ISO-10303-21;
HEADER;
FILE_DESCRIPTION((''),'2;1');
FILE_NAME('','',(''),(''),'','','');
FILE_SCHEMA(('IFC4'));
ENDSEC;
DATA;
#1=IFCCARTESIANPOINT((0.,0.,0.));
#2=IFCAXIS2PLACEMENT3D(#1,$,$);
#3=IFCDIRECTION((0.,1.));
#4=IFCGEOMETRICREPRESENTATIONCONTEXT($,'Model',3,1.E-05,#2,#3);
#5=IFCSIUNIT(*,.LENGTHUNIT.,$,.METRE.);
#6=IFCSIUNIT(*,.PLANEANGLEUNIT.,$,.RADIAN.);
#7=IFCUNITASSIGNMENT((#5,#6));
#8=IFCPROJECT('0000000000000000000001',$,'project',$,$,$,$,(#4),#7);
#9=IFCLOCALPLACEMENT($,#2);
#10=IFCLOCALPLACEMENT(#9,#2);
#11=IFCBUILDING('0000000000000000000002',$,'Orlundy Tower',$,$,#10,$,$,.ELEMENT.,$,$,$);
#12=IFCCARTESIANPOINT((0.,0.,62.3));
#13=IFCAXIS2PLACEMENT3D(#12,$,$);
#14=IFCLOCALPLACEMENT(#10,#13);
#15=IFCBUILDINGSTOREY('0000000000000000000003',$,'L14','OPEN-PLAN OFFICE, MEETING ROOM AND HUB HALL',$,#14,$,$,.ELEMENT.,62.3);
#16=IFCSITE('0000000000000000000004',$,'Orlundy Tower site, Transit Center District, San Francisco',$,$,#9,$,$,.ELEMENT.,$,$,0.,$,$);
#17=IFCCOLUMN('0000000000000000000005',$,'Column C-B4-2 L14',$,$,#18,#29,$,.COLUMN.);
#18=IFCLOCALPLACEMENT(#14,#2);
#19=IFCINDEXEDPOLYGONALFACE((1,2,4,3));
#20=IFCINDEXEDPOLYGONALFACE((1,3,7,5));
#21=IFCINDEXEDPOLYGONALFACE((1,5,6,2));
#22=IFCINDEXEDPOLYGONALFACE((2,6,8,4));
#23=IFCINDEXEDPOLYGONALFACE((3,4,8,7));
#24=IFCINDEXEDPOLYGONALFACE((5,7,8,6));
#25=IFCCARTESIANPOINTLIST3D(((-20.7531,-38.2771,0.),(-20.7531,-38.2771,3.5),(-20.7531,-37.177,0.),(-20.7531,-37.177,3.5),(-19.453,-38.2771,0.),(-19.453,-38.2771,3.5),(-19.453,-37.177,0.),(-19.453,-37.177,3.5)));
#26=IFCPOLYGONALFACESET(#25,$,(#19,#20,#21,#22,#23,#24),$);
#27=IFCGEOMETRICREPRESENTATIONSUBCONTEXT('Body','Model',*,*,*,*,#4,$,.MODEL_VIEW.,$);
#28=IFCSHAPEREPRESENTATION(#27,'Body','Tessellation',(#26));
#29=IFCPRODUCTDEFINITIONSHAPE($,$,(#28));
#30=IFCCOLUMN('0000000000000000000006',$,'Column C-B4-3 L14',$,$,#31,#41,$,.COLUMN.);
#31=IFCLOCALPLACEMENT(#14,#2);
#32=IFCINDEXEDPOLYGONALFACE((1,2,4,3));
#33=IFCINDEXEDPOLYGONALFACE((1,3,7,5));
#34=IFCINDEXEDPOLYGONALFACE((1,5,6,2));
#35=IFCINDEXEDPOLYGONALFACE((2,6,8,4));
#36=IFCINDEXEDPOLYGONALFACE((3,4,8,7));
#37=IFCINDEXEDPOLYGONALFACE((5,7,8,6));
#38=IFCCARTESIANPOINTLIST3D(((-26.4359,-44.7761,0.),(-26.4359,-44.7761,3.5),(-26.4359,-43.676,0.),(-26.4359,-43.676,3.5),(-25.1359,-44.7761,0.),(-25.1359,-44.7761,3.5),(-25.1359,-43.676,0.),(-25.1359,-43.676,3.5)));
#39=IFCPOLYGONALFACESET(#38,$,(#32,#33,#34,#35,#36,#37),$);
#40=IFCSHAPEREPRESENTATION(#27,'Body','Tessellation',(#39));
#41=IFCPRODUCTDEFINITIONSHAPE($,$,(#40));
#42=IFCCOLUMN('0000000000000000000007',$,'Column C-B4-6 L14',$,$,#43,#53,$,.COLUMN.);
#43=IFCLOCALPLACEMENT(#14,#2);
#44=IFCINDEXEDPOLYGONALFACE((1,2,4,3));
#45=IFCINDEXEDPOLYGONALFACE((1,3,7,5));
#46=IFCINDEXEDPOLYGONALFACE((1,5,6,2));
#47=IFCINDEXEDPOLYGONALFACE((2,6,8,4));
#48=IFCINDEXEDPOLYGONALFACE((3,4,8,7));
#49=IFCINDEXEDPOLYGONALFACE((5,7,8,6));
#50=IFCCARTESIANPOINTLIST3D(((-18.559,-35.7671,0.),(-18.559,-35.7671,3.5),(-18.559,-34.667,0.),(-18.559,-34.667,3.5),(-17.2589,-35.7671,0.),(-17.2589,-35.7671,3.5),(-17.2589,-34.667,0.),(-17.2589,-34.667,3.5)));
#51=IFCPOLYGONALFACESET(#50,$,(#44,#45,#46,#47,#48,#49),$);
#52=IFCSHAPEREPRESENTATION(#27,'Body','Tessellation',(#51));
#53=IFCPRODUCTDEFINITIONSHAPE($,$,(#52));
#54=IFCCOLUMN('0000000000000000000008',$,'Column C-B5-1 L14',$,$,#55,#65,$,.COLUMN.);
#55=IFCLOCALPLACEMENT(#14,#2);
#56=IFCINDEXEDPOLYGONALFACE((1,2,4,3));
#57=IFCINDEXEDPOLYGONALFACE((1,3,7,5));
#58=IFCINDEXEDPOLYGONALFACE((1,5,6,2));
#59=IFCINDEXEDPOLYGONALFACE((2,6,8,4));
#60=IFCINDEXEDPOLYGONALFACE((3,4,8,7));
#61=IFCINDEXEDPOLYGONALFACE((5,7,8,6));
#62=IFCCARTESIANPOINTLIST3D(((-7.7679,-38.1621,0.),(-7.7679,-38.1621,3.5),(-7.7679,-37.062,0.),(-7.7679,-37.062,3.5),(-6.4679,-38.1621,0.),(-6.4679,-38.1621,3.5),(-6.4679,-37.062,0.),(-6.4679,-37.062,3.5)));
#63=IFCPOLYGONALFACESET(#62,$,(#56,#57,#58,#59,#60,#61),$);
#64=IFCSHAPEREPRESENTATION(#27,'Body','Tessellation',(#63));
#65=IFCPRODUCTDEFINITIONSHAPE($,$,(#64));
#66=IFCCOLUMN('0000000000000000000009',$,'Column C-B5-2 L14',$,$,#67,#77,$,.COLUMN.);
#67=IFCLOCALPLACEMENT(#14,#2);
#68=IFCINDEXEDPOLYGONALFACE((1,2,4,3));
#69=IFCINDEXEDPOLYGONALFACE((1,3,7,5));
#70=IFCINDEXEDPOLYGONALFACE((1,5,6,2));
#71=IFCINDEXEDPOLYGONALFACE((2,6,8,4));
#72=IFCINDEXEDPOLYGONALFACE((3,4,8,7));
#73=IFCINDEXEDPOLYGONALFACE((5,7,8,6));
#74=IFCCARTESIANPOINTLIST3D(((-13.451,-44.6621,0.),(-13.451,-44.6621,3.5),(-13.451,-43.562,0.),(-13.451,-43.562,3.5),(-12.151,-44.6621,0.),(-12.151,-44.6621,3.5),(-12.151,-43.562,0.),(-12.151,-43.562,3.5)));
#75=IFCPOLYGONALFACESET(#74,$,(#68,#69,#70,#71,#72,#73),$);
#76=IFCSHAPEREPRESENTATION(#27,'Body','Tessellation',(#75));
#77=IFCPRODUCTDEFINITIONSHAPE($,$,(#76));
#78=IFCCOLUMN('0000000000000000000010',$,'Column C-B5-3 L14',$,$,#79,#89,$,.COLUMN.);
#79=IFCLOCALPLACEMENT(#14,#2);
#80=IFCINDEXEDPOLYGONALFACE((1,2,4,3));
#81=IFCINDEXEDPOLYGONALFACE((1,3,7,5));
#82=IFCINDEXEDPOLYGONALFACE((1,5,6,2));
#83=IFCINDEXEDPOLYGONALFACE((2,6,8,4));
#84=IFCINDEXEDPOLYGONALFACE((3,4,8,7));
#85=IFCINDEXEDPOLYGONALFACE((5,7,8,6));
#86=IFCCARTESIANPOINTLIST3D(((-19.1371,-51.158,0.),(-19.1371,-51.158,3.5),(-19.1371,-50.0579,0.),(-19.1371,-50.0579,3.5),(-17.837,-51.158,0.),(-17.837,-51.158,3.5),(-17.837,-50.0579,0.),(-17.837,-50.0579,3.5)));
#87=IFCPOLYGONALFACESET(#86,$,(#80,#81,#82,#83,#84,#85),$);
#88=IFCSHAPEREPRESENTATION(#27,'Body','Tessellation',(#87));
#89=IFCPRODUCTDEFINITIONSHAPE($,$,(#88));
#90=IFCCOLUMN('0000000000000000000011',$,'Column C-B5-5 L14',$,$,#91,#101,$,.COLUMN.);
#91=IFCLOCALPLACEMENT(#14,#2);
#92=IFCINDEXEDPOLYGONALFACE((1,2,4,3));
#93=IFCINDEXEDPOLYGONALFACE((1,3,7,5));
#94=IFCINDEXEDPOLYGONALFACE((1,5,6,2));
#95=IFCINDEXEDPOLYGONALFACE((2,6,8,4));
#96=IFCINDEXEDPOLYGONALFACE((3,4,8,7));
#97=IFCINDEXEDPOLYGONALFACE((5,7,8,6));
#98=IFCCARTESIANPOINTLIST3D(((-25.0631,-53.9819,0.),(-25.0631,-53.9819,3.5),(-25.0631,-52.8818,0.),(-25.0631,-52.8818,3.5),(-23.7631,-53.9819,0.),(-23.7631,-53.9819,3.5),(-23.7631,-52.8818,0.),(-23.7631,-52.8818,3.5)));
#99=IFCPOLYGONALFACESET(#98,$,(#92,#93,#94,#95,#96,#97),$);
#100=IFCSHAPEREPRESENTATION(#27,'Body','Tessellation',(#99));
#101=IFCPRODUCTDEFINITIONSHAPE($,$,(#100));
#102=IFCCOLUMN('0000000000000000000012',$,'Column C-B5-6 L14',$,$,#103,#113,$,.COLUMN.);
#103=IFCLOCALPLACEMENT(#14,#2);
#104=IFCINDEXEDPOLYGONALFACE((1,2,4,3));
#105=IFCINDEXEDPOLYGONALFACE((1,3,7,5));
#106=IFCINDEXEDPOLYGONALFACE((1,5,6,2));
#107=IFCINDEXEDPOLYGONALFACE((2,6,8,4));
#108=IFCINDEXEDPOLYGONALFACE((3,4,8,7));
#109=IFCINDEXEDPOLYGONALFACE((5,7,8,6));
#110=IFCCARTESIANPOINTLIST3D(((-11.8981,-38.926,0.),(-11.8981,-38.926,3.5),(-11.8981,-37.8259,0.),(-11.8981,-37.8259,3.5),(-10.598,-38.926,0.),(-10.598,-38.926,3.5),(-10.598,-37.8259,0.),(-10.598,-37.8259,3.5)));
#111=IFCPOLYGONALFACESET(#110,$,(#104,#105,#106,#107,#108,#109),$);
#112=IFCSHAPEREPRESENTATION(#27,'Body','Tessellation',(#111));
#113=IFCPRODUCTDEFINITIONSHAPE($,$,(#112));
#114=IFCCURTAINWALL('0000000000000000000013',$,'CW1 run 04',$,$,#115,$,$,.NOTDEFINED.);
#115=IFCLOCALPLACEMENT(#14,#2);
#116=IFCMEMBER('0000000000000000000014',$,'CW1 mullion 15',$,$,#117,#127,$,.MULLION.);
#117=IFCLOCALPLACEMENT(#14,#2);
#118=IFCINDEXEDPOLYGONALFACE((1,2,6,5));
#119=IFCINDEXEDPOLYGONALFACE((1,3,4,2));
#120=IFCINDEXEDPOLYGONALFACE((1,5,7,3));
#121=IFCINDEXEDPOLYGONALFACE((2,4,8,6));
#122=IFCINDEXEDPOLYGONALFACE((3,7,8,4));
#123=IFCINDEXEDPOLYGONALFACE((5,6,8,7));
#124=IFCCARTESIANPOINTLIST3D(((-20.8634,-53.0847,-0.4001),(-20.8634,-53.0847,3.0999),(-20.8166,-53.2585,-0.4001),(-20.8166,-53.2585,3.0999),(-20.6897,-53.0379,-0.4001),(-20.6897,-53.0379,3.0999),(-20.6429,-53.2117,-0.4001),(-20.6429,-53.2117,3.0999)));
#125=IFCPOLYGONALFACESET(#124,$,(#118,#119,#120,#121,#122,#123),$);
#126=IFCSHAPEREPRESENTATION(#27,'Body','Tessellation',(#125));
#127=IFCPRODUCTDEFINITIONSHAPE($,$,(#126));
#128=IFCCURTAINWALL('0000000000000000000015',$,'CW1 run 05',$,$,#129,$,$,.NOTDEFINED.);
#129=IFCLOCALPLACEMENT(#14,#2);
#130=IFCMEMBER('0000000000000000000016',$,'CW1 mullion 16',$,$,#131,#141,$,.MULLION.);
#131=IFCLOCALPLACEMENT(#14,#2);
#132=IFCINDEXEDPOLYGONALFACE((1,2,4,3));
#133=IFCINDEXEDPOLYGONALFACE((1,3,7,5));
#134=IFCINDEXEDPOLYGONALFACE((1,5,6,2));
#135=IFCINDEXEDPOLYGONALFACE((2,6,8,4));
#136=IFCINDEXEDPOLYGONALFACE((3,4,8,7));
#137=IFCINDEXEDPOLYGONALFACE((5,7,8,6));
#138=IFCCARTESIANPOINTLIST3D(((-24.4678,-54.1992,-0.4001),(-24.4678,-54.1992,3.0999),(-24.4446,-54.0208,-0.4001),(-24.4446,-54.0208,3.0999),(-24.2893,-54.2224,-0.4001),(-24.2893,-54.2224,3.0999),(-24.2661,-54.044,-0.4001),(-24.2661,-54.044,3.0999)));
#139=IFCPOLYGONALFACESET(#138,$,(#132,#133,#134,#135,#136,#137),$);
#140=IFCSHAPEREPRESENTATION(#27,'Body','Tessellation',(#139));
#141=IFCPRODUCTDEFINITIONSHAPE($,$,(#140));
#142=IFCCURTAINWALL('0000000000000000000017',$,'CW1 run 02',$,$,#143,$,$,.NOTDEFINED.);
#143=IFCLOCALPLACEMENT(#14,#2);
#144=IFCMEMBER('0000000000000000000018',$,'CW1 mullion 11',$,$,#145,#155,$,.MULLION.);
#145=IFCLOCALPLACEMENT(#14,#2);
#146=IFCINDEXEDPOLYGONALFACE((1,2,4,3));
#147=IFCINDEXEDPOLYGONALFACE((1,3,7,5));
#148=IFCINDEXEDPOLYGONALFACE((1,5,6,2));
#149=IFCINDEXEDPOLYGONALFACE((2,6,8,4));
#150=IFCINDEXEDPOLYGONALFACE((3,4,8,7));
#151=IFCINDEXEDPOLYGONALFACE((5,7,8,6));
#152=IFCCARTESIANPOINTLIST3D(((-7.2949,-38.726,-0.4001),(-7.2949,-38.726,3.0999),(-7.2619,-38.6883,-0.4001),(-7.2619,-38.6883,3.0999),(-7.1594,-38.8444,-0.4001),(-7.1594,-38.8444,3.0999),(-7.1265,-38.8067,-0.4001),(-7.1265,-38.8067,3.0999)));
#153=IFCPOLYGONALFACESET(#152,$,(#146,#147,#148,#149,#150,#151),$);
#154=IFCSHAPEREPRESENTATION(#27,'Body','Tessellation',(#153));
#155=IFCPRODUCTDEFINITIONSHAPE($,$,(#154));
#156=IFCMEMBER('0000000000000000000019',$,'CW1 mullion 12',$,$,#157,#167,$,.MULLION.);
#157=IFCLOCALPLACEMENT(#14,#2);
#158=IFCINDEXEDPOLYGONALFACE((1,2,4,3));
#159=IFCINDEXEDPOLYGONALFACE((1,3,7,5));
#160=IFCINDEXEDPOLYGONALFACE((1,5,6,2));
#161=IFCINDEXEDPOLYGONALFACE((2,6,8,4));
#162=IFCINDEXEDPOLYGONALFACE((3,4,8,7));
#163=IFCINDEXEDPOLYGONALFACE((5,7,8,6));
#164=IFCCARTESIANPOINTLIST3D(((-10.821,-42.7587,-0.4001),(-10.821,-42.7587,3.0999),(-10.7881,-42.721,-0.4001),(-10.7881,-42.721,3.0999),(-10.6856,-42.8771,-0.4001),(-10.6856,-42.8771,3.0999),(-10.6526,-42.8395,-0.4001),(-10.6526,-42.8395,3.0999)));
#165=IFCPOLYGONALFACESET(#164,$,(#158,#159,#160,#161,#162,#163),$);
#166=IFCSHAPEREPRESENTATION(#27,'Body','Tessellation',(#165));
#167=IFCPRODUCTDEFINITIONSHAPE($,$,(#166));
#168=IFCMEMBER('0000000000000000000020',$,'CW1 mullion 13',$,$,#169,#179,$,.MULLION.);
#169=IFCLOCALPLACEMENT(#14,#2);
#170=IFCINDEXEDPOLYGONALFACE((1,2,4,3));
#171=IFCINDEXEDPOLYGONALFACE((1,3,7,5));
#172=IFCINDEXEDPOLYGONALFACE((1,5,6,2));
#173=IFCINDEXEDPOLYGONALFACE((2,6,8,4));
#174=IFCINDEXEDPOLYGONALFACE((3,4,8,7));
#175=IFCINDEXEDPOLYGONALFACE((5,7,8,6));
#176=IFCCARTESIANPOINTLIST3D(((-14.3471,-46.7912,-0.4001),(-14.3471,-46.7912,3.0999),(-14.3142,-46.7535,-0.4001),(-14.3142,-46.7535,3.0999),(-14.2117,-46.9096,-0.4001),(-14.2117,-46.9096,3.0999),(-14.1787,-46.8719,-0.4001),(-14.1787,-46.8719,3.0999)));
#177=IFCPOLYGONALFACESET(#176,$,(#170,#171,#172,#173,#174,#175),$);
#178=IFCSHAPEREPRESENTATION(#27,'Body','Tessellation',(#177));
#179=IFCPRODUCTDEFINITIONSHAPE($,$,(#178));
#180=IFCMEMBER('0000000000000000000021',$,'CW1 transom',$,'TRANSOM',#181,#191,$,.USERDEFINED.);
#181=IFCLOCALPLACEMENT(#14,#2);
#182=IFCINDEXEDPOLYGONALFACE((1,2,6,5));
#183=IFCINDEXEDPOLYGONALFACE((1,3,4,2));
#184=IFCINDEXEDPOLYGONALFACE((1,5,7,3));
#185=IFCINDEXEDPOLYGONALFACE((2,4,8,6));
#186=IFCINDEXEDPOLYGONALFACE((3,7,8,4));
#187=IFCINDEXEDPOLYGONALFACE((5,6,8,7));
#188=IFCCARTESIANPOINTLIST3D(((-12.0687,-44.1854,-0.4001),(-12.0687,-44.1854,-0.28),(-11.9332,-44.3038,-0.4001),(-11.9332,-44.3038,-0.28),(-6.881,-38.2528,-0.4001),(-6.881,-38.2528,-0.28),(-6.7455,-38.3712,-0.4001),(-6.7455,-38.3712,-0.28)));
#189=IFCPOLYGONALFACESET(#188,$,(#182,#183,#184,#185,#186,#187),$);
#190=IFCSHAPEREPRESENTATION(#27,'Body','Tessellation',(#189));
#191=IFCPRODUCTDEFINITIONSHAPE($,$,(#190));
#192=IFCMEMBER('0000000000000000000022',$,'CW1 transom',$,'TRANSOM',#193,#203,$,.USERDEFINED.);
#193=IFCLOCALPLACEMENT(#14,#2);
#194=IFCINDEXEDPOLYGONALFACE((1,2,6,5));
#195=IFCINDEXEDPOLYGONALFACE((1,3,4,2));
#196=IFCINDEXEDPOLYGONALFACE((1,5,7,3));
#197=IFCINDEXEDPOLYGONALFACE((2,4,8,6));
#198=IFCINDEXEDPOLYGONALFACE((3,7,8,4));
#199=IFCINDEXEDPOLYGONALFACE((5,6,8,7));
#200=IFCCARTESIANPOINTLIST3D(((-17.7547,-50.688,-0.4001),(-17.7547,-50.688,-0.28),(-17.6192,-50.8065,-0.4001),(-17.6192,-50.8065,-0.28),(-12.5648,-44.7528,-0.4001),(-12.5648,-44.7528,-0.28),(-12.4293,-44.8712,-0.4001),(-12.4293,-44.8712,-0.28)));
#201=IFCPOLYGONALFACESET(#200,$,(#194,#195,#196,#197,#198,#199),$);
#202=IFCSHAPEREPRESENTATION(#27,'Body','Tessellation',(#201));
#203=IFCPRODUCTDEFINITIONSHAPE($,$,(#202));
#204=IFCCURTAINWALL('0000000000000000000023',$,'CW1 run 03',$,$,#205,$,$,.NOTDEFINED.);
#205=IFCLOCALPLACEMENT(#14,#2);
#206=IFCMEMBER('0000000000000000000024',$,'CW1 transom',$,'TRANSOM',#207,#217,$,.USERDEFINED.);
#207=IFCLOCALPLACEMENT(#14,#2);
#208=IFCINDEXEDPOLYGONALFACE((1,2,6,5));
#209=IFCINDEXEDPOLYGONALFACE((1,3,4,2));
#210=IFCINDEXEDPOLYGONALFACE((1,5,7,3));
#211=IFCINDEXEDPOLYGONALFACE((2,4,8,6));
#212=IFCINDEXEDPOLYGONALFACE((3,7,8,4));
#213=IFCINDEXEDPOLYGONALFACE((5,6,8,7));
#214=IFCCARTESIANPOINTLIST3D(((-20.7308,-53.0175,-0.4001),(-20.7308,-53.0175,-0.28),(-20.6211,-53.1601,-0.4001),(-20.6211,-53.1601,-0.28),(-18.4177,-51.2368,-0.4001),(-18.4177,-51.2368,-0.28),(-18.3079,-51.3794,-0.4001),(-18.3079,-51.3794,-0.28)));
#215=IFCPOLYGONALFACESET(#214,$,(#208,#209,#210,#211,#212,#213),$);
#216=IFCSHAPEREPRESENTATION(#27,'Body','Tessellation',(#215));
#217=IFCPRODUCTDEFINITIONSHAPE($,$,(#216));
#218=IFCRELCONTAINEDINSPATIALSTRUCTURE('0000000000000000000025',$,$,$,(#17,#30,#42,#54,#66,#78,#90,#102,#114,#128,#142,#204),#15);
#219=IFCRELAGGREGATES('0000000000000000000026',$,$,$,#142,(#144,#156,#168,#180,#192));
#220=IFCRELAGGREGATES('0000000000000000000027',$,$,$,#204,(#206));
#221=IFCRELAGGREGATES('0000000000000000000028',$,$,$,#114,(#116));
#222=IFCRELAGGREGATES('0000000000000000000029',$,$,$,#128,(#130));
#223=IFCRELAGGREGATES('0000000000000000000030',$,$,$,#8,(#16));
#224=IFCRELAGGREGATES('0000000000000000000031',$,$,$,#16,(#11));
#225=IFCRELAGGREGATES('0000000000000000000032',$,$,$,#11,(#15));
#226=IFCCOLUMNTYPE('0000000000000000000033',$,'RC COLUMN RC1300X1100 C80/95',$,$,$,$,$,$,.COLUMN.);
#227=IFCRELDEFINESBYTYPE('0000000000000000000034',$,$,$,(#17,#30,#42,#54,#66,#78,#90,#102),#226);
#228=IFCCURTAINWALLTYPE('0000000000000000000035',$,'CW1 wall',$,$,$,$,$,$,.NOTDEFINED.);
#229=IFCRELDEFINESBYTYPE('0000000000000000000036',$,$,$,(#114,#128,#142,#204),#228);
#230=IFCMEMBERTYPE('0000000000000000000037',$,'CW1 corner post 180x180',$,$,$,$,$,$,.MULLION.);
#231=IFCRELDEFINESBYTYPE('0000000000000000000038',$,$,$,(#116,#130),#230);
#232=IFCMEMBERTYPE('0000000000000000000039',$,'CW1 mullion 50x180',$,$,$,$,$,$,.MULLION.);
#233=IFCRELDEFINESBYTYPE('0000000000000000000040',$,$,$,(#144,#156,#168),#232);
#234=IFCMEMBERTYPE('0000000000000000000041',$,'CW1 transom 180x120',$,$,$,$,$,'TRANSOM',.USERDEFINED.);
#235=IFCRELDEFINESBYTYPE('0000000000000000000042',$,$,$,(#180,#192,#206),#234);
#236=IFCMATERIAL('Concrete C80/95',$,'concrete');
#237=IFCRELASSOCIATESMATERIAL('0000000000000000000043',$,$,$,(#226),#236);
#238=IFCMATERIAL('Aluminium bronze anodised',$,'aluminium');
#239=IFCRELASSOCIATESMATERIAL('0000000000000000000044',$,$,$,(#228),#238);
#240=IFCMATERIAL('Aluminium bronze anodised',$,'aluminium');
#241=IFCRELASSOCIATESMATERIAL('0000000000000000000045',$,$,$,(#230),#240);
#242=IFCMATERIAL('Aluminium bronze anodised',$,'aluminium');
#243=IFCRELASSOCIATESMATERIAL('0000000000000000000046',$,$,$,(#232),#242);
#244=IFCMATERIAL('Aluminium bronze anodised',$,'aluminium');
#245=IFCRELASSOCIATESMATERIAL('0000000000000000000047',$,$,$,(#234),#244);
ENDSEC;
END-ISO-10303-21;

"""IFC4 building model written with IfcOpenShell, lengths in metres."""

from ifc_helpers import new_model, si_unit, direction, frame, origin, origin_2d, place, context, subcontext, project, spatial, rectangle, extrude, material, material_profile, profile_set, type_object, element, aggregate, save


model = new_model("IFC4")

# Units and contexts
model_context = context("Model", 3, precision=1e-05, world=origin(), true_north=direction((0.0, 1.0)))
body_context = subcontext(model_context, "Body", "Model", "MODEL_VIEW")
ifc_project = project(units=[si_unit("LENGTHUNIT", "METRE"), si_unit("PLANEANGLEUNIT", "RADIAN")], contexts=[model_context])

# Site, building, storey
site_placement = place(None, origin())
site = spatial("IfcSite", under=ifc_project, at=site_placement, Name="Orlundy Tower site, Transit Center District, San Francisco", CompositionType="ELEMENT", RefElevation=0.0)
building_placement = place(site_placement, origin())
building = spatial("IfcBuilding", under=site, at=building_placement, Name="Orlundy Tower", CompositionType="ELEMENT")
storey_placement = place(building_placement, frame((0.0, 0.0, 62.3)))
storey = spatial("IfcBuildingStorey", under=building, at=storey_placement, Name="L14", Description="OPEN-PLAN OFFICE, MEETING ROOM AND HUB HALL", CompositionType="ELEMENT", Elevation=62.3)

# Columns
ifc_material_1 = material(Name="Concrete C80/95", Category="concrete")
ifc_material_profile_1 = material_profile(ifc_material_1, rectangle(XDim=1.3, YDim=1.1001, at=origin_2d()), Name="RC1300X1100")
ifc_profile_set_1 = profile_set([ifc_material_profile_1], Name="Concrete C80/95")
column_type = type_object("IfcColumnType", Name="RC COLUMN RC1300X1100 C80/95", PredefinedType="COLUMN", material=ifc_profile_set_1)
for number, where, z_axis, x_axis, name in (
    (1, (-20.103, -37.7271, 0.0), (0.0, 0.0, 1.0), (1.0, 0.0, 0.0), "Column C-B4-2 L14"),
    (2, (-25.7859, -44.2261, 0.0), (0.0, 0.0, 1.0), (1.0, 0.0, 0.0), "Column C-B4-3 L14"),
    (3, (-17.9089, -35.217, 0.0), (0.0, 0.0, 1.0), (1.0, 0.0, 0.0), "Column C-B4-6 L14"),
    (4, (-7.1179, -37.6121, 0.0), (0.0, 0.0, 1.0), (1.0, 0.0, 0.0), "Column C-B5-1 L14"),
    (5, (-12.801, -44.1121, 0.0), (0.0, 0.0, 1.0), (1.0, 0.0, 0.0), "Column C-B5-2 L14"),
    (6, (-18.4871, -50.6079, 0.0), (0.0, 0.0, 1.0), (1.0, 0.0, 0.0), "Column C-B5-3 L14"),
    (7, (-24.4131, -53.4319, 0.0), (0.0, 0.0, 1.0), (1.0, 0.0, 0.0), "Column C-B5-5 L14"),
    (8, (-11.248, -38.376, 0.0), (0.0, 0.0, 1.0), (1.0, 0.0, 0.0), "Column C-B5-6 L14"),
):
    element("IfcColumn", number, at=place(storey_placement, frame(where, z_axis=z_axis, x_axis=x_axis)), inside=storey, type_object=column_type, Name=name, PredefinedType="COLUMN", context=body_context, shape_type="SweptSolid", body=[
        extrude(rectangle(XDim=1.3, YDim=1.1001, at=origin_2d()), origin(), (0.0, 0.0, 1.0), 3.5),
    ])

# Curtain walls, members
ifc_material_2 = material(Name="Aluminium bronze anodised", Category="aluminium")
curtain_wall_type = type_object("IfcCurtainWallType", Name="CW1 wall", PredefinedType="NOTDEFINED", material=ifc_material_2)
curtain_wall_1_placement = place(storey_placement, origin())
curtain_wall_1 = element("IfcCurtainWall", 9, at=curtain_wall_1_placement, inside=storey, type_object=curtain_wall_type, Name="CW1 run 04", PredefinedType="NOTDEFINED")
ifc_material_3 = material(Name="Aluminium bronze anodised", Category="aluminium")
ifc_material_profile_2 = material_profile(ifc_material_3, rectangle(XDim=0.1799, YDim=0.1799, at=origin_2d()), Name="CW1 corner post 180x180")
ifc_profile_set_2 = profile_set([ifc_material_profile_2], Name="Aluminium bronze anodised")
member_type_1 = type_object("IfcMemberType", Name="CW1 corner post 180x180", PredefinedType="MULLION", material=ifc_profile_set_2)
member_1_placement = place(storey_placement, frame((-20.7532, -53.1482, -0.4001), z_axis=(0.0, 0.0, 1.0), x_axis=(0.26008, -0.965587, 0.0)))
member_1 = element("IfcMember", 10, at=member_1_placement, type_object=member_type_1, Name="CW1 mullion 15", PredefinedType="MULLION", context=body_context, shape_type="SweptSolid", body=[
    extrude(rectangle(XDim=0.1799, YDim=0.1799, at=origin_2d()), origin(), (0.0, 0.0, 1.0), 3.5),
])
curtain_wall_2_placement = place(storey_placement, origin())
curtain_wall_2 = element("IfcCurtainWall", 11, at=curtain_wall_2_placement, inside=storey, type_object=curtain_wall_type, Name="CW1 run 05", PredefinedType="NOTDEFINED")
member_2_placement = place(storey_placement, frame((-24.3669, -54.1216, -0.4001), z_axis=(0.0, 0.0, 1.0), x_axis=(-0.128947, -0.991651, 0.0)))
member_2 = element("IfcMember", 12, at=member_2_placement, type_object=member_type_1, Name="CW1 mullion 16", PredefinedType="MULLION", context=body_context, shape_type="SweptSolid", body=[
    extrude(rectangle(XDim=0.1799, YDim=0.1799, at=origin_2d()), origin(), (0.0, 0.0, 1.0), 3.5),
])

# Curtain wall, members
curtain_wall_3_placement = place(storey_placement, origin())
curtain_wall_3 = element("IfcCurtainWall", 13, at=curtain_wall_3_placement, inside=storey, type_object=curtain_wall_type, Name="CW1 run 02", PredefinedType="NOTDEFINED")
ifc_material_4 = material(Name="Aluminium bronze anodised", Category="aluminium")
ifc_material_profile_3 = material_profile(ifc_material_4, rectangle(XDim=0.1799, YDim=0.05, at=origin_2d()), Name="CW1 mullion 50x180")
ifc_profile_set_3 = profile_set([ifc_material_profile_3], Name="Aluminium bronze anodised")
member_type_2 = type_object("IfcMemberType", Name="CW1 mullion 50x180", PredefinedType="MULLION", material=ifc_profile_set_3)
member_3_placement = place(storey_placement, frame((-7.2107, -38.7664, -0.4001), z_axis=(0.0, 0.0, 1.0), x_axis=(0.752792, -0.658259, 0.0)))
member_3 = element("IfcMember", 14, at=member_3_placement, type_object=member_type_2, Name="CW1 mullion 11", PredefinedType="MULLION", context=body_context, shape_type="SweptSolid", body=[
    extrude(rectangle(XDim=0.1799, YDim=0.05, at=origin_2d()), origin(), (0.0, 0.0, 1.0), 3.5),
])
member_4_placement = place(storey_placement, frame((-10.7368, -42.7991, -0.4001), z_axis=(0.0, 0.0, 1.0), x_axis=(0.752792, -0.658259, 0.0)))
member_4 = element("IfcMember", 15, at=member_4_placement, type_object=member_type_2, Name="CW1 mullion 12", PredefinedType="MULLION", context=body_context, shape_type="SweptSolid", body=[
    extrude(rectangle(XDim=0.1799, YDim=0.05, at=origin_2d()), origin(), (0.0, 0.0, 1.0), 3.5),
])
member_5_placement = place(storey_placement, frame((-14.2629, -46.8315, -0.4001), z_axis=(0.0, 0.0, 1.0), x_axis=(0.752792, -0.658259, 0.0)))
member_5 = element("IfcMember", 16, at=member_5_placement, type_object=member_type_2, Name="CW1 mullion 13", PredefinedType="MULLION", context=body_context, shape_type="SweptSolid", body=[
    extrude(rectangle(XDim=0.1799, YDim=0.05, at=origin_2d()), origin(), (0.0, 0.0, 1.0), 3.5),
])
ifc_material_5 = material(Name="Aluminium bronze anodised", Category="aluminium")
ifc_material_profile_4 = material_profile(ifc_material_5, rectangle(XDim=0.1799, YDim=0.1201, at=origin_2d()), Name="CW1 transom 180x120")
ifc_profile_set_4 = profile_set([ifc_material_profile_4], Name="Aluminium bronze anodised")
member_type_3 = type_object("IfcMemberType", Name="CW1 transom 180x120", ElementType="TRANSOM", PredefinedType="USERDEFINED", material=ifc_profile_set_4)
member_6_placement = place(storey_placement, frame((-6.8132, -38.312, -0.3401), z_axis=(-0.658268, -0.752784, 0.0), x_axis=(0.752784, -0.658268, 0.0)))
member_6 = element("IfcMember", 17, at=member_6_placement, type_object=member_type_3, Name="CW1 transom", ObjectType="TRANSOM", PredefinedType="USERDEFINED", context=body_context, shape_type="SweptSolid", body=[
    extrude(rectangle(XDim=0.1799, YDim=0.1201, at=origin_2d()), origin(), (0.0, 0.0, 1.0), 7.8809),
])
member_7_placement = place(storey_placement, frame((-12.4971, -44.812, -0.3401), z_axis=(-0.658257, -0.752793, 0.0), x_axis=(0.752793, -0.658257, 0.0)))
member_7 = element("IfcMember", 18, at=member_7_placement, type_object=member_type_3, Name="CW1 transom", ObjectType="TRANSOM", PredefinedType="USERDEFINED", context=body_context, shape_type="SweptSolid", body=[
    extrude(rectangle(XDim=0.1799, YDim=0.1201, at=origin_2d()), origin(), (0.0, 0.0, 1.0), 7.8843),
])

# Curtain wall, member
curtain_wall_4_placement = place(storey_placement, origin())
curtain_wall_4 = element("IfcCurtainWall", 19, at=curtain_wall_4_placement, inside=storey, type_object=curtain_wall_type, Name="CW1 run 03", PredefinedType="NOTDEFINED")
member_8_placement = place(storey_placement, frame((-18.3628, -51.3081, -0.3401), z_axis=(-0.7924, -0.610002, 0.0), x_axis=(0.610002, -0.7924, 0.0)))
member_8 = element("IfcMember", 20, at=member_8_placement, type_object=member_type_3, Name="CW1 transom", ObjectType="TRANSOM", PredefinedType="USERDEFINED", context=body_context, shape_type="SweptSolid", body=[
    extrude(rectangle(XDim=0.1799, YDim=0.1201, at=origin_2d()), origin(), (0.0, 0.0, 1.0), 2.9192),
])

aggregate(curtain_wall_3, [member_3, member_4, member_5, member_6, member_7])
aggregate(curtain_wall_4, [member_8])
aggregate(curtain_wall_1, [member_1])
aggregate(curtain_wall_2, [member_2])

save(model, "model.ifc")
